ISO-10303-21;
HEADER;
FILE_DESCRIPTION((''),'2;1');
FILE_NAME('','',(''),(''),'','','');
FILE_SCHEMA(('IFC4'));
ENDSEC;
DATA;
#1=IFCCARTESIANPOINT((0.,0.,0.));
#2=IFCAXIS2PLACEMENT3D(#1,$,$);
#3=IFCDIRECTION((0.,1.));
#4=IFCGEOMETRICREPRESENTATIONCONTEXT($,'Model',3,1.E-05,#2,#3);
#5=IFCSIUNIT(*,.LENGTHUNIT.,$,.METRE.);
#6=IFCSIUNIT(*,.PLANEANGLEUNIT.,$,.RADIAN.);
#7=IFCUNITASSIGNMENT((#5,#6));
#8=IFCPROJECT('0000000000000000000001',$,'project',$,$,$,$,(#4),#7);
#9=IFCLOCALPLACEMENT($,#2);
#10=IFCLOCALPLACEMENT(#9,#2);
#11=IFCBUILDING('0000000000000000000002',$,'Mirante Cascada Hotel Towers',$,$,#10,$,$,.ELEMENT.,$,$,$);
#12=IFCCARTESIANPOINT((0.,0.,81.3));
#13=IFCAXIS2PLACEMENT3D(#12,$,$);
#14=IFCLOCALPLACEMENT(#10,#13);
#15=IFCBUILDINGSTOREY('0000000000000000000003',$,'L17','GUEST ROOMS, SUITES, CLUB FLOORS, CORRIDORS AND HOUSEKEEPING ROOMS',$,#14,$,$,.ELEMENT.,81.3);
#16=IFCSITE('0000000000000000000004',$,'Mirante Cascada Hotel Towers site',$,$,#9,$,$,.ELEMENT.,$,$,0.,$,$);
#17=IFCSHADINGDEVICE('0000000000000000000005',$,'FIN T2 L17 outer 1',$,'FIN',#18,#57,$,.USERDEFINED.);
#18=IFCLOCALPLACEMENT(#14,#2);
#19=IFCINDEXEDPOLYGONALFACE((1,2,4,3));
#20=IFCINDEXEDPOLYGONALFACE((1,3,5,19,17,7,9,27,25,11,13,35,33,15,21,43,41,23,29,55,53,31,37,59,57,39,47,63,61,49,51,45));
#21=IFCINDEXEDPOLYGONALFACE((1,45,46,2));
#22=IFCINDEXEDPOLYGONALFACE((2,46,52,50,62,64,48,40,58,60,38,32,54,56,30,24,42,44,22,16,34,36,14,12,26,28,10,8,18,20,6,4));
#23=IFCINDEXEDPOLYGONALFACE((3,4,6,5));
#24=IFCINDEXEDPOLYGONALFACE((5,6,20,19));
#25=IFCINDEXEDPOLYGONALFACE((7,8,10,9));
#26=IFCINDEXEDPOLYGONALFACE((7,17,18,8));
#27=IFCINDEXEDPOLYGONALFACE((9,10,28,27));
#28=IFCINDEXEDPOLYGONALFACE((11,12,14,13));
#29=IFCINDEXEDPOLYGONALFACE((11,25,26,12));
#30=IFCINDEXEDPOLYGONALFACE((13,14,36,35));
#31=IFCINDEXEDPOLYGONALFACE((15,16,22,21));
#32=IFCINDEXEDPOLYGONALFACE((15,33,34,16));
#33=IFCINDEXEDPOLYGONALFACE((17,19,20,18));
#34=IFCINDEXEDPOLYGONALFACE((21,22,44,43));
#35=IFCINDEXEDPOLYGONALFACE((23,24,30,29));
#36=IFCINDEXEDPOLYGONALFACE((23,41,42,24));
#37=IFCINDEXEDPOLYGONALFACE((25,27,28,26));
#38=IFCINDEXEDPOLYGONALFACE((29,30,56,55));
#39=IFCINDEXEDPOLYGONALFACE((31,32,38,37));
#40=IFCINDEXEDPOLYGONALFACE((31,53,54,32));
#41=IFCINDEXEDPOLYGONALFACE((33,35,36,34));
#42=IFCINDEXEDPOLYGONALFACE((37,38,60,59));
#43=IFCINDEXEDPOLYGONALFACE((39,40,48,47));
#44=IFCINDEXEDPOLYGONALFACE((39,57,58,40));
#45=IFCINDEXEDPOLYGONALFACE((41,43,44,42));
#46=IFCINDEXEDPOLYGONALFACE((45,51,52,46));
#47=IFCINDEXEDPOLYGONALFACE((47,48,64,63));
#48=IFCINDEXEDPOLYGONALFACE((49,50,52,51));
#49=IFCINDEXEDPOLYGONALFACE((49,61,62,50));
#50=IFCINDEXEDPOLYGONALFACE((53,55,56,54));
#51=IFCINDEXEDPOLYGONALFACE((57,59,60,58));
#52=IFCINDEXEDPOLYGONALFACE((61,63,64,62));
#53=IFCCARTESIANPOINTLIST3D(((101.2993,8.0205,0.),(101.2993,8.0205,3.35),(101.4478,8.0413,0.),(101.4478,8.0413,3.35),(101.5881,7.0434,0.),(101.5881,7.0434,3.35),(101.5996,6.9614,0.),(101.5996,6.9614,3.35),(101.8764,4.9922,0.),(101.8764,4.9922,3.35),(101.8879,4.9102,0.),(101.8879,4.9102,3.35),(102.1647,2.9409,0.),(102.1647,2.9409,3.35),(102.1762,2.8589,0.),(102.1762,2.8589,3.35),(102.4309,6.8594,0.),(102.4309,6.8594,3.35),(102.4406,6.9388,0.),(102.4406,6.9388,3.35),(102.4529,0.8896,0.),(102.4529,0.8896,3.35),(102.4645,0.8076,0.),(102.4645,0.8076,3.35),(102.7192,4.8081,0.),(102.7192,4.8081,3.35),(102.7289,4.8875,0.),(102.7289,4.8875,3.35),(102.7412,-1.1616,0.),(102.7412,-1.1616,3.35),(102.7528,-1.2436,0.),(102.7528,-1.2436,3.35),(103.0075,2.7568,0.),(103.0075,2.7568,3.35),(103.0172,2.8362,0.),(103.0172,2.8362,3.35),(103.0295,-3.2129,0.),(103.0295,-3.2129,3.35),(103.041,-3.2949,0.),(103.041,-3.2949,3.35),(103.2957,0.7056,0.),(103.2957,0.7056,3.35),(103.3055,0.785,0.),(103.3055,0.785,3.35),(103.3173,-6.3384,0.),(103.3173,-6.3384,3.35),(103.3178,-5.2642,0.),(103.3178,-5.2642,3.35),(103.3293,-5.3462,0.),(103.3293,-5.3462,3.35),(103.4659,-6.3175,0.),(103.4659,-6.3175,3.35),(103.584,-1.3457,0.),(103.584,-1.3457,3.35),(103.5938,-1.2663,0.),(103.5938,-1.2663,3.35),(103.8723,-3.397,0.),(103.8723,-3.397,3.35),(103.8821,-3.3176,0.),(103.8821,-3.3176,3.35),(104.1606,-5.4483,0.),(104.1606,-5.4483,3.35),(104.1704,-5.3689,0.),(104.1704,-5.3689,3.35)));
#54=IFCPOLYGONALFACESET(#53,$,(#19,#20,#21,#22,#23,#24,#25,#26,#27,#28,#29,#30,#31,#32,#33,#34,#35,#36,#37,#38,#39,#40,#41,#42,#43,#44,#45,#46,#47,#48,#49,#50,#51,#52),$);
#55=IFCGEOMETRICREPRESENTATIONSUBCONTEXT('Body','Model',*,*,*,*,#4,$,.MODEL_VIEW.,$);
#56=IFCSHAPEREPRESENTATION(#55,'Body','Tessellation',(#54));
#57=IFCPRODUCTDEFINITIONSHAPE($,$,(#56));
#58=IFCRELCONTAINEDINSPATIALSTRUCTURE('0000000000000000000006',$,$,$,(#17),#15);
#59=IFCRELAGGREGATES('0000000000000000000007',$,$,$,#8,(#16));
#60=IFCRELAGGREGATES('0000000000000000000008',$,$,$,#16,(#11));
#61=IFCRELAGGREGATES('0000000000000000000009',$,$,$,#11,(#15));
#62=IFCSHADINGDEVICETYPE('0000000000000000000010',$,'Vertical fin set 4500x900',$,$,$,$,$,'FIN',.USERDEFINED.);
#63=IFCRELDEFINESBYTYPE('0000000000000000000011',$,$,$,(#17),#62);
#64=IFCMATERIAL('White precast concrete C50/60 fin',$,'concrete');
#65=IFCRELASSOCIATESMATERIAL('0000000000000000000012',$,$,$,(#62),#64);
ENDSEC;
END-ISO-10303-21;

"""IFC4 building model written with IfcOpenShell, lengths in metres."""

from ifc_helpers import new_model, si_unit, direction, frame, origin, place, context, subcontext, project, spatial, polyline, outline, extrude, material, type_object, element, save


model = new_model("IFC4")

# Units and contexts
model_context = context("Model", 3, precision=1e-05, world=origin(), true_north=direction((0.0, 1.0)))
body_context = subcontext(model_context, "Body", "Model", "MODEL_VIEW")
ifc_project = project(units=[si_unit("LENGTHUNIT", "METRE"), si_unit("PLANEANGLEUNIT", "RADIAN")], contexts=[model_context])

# Site, building, storey
site_placement = place(None, origin())
site = spatial("IfcSite", under=ifc_project, at=site_placement, Name="Mirante Cascada Hotel Towers site", CompositionType="ELEMENT", RefElevation=0.0)
building_placement = place(site_placement, origin())
building = spatial("IfcBuilding", under=site, at=building_placement, Name="Mirante Cascada Hotel Towers", CompositionType="ELEMENT")
storey_placement = place(building_placement, frame((0.0, 0.0, 81.3)))
storey = spatial("IfcBuildingStorey", under=building, at=storey_placement, Name="L17", Description="GUEST ROOMS, SUITES, CLUB FLOORS, CORRIDORS AND HOUSEKEEPING ROOMS", CompositionType="ELEMENT", Elevation=81.3)

# Shading device
ifc_material_1 = material(Name="White precast concrete C50/60 fin", Category="concrete")
shading_device_type = type_object("IfcShadingDeviceType", Name="Vertical fin set 4500x900", ElementType="FIN", PredefinedType="USERDEFINED", material=ifc_material_1)
shading_device_1_placement = place(storey_placement, origin())
element("IfcShadingDevice", 1, at=shading_device_1_placement, inside=storey, type_object=shading_device_type, Name="FIN T2 L17 outer 1", ObjectType="FIN", PredefinedType="USERDEFINED", context=body_context, shape_type="SweptSolid", body=[
    extrude(outline(polyline([(104.1606, -5.4483), (103.3293, -5.3462), (103.4659, -6.3175), (103.3173, -6.3384), (101.2993, 8.0205), (101.4478, 8.0413), (101.5881, 7.0434), (102.4406, 6.9388), (102.4309, 6.8594), (101.5996, 6.9614), (101.8764, 4.9922), (102.7289, 4.8875), (102.7192, 4.8081), (101.8879, 4.9102), (102.1647, 2.9409), (103.0172, 2.8362), (103.0075, 2.7568), (102.1762, 2.8589), (102.4529, 0.8896), (103.3055, 0.785), (103.2957, 0.7056), (102.4645, 0.8076), (102.7412, -1.1616), (103.5938, -1.2663), (103.584, -1.3457), (102.7528, -1.2436), (103.0295, -3.2129), (103.8821, -3.3176), (103.8723, -3.397), (103.041, -3.2949), (103.3178, -5.2642), (104.1704, -5.3689), (104.1606, -5.4483)])), origin(), (0.0, 0.0, 1.0), 3.35),
])

save(model, "model.ifc")
